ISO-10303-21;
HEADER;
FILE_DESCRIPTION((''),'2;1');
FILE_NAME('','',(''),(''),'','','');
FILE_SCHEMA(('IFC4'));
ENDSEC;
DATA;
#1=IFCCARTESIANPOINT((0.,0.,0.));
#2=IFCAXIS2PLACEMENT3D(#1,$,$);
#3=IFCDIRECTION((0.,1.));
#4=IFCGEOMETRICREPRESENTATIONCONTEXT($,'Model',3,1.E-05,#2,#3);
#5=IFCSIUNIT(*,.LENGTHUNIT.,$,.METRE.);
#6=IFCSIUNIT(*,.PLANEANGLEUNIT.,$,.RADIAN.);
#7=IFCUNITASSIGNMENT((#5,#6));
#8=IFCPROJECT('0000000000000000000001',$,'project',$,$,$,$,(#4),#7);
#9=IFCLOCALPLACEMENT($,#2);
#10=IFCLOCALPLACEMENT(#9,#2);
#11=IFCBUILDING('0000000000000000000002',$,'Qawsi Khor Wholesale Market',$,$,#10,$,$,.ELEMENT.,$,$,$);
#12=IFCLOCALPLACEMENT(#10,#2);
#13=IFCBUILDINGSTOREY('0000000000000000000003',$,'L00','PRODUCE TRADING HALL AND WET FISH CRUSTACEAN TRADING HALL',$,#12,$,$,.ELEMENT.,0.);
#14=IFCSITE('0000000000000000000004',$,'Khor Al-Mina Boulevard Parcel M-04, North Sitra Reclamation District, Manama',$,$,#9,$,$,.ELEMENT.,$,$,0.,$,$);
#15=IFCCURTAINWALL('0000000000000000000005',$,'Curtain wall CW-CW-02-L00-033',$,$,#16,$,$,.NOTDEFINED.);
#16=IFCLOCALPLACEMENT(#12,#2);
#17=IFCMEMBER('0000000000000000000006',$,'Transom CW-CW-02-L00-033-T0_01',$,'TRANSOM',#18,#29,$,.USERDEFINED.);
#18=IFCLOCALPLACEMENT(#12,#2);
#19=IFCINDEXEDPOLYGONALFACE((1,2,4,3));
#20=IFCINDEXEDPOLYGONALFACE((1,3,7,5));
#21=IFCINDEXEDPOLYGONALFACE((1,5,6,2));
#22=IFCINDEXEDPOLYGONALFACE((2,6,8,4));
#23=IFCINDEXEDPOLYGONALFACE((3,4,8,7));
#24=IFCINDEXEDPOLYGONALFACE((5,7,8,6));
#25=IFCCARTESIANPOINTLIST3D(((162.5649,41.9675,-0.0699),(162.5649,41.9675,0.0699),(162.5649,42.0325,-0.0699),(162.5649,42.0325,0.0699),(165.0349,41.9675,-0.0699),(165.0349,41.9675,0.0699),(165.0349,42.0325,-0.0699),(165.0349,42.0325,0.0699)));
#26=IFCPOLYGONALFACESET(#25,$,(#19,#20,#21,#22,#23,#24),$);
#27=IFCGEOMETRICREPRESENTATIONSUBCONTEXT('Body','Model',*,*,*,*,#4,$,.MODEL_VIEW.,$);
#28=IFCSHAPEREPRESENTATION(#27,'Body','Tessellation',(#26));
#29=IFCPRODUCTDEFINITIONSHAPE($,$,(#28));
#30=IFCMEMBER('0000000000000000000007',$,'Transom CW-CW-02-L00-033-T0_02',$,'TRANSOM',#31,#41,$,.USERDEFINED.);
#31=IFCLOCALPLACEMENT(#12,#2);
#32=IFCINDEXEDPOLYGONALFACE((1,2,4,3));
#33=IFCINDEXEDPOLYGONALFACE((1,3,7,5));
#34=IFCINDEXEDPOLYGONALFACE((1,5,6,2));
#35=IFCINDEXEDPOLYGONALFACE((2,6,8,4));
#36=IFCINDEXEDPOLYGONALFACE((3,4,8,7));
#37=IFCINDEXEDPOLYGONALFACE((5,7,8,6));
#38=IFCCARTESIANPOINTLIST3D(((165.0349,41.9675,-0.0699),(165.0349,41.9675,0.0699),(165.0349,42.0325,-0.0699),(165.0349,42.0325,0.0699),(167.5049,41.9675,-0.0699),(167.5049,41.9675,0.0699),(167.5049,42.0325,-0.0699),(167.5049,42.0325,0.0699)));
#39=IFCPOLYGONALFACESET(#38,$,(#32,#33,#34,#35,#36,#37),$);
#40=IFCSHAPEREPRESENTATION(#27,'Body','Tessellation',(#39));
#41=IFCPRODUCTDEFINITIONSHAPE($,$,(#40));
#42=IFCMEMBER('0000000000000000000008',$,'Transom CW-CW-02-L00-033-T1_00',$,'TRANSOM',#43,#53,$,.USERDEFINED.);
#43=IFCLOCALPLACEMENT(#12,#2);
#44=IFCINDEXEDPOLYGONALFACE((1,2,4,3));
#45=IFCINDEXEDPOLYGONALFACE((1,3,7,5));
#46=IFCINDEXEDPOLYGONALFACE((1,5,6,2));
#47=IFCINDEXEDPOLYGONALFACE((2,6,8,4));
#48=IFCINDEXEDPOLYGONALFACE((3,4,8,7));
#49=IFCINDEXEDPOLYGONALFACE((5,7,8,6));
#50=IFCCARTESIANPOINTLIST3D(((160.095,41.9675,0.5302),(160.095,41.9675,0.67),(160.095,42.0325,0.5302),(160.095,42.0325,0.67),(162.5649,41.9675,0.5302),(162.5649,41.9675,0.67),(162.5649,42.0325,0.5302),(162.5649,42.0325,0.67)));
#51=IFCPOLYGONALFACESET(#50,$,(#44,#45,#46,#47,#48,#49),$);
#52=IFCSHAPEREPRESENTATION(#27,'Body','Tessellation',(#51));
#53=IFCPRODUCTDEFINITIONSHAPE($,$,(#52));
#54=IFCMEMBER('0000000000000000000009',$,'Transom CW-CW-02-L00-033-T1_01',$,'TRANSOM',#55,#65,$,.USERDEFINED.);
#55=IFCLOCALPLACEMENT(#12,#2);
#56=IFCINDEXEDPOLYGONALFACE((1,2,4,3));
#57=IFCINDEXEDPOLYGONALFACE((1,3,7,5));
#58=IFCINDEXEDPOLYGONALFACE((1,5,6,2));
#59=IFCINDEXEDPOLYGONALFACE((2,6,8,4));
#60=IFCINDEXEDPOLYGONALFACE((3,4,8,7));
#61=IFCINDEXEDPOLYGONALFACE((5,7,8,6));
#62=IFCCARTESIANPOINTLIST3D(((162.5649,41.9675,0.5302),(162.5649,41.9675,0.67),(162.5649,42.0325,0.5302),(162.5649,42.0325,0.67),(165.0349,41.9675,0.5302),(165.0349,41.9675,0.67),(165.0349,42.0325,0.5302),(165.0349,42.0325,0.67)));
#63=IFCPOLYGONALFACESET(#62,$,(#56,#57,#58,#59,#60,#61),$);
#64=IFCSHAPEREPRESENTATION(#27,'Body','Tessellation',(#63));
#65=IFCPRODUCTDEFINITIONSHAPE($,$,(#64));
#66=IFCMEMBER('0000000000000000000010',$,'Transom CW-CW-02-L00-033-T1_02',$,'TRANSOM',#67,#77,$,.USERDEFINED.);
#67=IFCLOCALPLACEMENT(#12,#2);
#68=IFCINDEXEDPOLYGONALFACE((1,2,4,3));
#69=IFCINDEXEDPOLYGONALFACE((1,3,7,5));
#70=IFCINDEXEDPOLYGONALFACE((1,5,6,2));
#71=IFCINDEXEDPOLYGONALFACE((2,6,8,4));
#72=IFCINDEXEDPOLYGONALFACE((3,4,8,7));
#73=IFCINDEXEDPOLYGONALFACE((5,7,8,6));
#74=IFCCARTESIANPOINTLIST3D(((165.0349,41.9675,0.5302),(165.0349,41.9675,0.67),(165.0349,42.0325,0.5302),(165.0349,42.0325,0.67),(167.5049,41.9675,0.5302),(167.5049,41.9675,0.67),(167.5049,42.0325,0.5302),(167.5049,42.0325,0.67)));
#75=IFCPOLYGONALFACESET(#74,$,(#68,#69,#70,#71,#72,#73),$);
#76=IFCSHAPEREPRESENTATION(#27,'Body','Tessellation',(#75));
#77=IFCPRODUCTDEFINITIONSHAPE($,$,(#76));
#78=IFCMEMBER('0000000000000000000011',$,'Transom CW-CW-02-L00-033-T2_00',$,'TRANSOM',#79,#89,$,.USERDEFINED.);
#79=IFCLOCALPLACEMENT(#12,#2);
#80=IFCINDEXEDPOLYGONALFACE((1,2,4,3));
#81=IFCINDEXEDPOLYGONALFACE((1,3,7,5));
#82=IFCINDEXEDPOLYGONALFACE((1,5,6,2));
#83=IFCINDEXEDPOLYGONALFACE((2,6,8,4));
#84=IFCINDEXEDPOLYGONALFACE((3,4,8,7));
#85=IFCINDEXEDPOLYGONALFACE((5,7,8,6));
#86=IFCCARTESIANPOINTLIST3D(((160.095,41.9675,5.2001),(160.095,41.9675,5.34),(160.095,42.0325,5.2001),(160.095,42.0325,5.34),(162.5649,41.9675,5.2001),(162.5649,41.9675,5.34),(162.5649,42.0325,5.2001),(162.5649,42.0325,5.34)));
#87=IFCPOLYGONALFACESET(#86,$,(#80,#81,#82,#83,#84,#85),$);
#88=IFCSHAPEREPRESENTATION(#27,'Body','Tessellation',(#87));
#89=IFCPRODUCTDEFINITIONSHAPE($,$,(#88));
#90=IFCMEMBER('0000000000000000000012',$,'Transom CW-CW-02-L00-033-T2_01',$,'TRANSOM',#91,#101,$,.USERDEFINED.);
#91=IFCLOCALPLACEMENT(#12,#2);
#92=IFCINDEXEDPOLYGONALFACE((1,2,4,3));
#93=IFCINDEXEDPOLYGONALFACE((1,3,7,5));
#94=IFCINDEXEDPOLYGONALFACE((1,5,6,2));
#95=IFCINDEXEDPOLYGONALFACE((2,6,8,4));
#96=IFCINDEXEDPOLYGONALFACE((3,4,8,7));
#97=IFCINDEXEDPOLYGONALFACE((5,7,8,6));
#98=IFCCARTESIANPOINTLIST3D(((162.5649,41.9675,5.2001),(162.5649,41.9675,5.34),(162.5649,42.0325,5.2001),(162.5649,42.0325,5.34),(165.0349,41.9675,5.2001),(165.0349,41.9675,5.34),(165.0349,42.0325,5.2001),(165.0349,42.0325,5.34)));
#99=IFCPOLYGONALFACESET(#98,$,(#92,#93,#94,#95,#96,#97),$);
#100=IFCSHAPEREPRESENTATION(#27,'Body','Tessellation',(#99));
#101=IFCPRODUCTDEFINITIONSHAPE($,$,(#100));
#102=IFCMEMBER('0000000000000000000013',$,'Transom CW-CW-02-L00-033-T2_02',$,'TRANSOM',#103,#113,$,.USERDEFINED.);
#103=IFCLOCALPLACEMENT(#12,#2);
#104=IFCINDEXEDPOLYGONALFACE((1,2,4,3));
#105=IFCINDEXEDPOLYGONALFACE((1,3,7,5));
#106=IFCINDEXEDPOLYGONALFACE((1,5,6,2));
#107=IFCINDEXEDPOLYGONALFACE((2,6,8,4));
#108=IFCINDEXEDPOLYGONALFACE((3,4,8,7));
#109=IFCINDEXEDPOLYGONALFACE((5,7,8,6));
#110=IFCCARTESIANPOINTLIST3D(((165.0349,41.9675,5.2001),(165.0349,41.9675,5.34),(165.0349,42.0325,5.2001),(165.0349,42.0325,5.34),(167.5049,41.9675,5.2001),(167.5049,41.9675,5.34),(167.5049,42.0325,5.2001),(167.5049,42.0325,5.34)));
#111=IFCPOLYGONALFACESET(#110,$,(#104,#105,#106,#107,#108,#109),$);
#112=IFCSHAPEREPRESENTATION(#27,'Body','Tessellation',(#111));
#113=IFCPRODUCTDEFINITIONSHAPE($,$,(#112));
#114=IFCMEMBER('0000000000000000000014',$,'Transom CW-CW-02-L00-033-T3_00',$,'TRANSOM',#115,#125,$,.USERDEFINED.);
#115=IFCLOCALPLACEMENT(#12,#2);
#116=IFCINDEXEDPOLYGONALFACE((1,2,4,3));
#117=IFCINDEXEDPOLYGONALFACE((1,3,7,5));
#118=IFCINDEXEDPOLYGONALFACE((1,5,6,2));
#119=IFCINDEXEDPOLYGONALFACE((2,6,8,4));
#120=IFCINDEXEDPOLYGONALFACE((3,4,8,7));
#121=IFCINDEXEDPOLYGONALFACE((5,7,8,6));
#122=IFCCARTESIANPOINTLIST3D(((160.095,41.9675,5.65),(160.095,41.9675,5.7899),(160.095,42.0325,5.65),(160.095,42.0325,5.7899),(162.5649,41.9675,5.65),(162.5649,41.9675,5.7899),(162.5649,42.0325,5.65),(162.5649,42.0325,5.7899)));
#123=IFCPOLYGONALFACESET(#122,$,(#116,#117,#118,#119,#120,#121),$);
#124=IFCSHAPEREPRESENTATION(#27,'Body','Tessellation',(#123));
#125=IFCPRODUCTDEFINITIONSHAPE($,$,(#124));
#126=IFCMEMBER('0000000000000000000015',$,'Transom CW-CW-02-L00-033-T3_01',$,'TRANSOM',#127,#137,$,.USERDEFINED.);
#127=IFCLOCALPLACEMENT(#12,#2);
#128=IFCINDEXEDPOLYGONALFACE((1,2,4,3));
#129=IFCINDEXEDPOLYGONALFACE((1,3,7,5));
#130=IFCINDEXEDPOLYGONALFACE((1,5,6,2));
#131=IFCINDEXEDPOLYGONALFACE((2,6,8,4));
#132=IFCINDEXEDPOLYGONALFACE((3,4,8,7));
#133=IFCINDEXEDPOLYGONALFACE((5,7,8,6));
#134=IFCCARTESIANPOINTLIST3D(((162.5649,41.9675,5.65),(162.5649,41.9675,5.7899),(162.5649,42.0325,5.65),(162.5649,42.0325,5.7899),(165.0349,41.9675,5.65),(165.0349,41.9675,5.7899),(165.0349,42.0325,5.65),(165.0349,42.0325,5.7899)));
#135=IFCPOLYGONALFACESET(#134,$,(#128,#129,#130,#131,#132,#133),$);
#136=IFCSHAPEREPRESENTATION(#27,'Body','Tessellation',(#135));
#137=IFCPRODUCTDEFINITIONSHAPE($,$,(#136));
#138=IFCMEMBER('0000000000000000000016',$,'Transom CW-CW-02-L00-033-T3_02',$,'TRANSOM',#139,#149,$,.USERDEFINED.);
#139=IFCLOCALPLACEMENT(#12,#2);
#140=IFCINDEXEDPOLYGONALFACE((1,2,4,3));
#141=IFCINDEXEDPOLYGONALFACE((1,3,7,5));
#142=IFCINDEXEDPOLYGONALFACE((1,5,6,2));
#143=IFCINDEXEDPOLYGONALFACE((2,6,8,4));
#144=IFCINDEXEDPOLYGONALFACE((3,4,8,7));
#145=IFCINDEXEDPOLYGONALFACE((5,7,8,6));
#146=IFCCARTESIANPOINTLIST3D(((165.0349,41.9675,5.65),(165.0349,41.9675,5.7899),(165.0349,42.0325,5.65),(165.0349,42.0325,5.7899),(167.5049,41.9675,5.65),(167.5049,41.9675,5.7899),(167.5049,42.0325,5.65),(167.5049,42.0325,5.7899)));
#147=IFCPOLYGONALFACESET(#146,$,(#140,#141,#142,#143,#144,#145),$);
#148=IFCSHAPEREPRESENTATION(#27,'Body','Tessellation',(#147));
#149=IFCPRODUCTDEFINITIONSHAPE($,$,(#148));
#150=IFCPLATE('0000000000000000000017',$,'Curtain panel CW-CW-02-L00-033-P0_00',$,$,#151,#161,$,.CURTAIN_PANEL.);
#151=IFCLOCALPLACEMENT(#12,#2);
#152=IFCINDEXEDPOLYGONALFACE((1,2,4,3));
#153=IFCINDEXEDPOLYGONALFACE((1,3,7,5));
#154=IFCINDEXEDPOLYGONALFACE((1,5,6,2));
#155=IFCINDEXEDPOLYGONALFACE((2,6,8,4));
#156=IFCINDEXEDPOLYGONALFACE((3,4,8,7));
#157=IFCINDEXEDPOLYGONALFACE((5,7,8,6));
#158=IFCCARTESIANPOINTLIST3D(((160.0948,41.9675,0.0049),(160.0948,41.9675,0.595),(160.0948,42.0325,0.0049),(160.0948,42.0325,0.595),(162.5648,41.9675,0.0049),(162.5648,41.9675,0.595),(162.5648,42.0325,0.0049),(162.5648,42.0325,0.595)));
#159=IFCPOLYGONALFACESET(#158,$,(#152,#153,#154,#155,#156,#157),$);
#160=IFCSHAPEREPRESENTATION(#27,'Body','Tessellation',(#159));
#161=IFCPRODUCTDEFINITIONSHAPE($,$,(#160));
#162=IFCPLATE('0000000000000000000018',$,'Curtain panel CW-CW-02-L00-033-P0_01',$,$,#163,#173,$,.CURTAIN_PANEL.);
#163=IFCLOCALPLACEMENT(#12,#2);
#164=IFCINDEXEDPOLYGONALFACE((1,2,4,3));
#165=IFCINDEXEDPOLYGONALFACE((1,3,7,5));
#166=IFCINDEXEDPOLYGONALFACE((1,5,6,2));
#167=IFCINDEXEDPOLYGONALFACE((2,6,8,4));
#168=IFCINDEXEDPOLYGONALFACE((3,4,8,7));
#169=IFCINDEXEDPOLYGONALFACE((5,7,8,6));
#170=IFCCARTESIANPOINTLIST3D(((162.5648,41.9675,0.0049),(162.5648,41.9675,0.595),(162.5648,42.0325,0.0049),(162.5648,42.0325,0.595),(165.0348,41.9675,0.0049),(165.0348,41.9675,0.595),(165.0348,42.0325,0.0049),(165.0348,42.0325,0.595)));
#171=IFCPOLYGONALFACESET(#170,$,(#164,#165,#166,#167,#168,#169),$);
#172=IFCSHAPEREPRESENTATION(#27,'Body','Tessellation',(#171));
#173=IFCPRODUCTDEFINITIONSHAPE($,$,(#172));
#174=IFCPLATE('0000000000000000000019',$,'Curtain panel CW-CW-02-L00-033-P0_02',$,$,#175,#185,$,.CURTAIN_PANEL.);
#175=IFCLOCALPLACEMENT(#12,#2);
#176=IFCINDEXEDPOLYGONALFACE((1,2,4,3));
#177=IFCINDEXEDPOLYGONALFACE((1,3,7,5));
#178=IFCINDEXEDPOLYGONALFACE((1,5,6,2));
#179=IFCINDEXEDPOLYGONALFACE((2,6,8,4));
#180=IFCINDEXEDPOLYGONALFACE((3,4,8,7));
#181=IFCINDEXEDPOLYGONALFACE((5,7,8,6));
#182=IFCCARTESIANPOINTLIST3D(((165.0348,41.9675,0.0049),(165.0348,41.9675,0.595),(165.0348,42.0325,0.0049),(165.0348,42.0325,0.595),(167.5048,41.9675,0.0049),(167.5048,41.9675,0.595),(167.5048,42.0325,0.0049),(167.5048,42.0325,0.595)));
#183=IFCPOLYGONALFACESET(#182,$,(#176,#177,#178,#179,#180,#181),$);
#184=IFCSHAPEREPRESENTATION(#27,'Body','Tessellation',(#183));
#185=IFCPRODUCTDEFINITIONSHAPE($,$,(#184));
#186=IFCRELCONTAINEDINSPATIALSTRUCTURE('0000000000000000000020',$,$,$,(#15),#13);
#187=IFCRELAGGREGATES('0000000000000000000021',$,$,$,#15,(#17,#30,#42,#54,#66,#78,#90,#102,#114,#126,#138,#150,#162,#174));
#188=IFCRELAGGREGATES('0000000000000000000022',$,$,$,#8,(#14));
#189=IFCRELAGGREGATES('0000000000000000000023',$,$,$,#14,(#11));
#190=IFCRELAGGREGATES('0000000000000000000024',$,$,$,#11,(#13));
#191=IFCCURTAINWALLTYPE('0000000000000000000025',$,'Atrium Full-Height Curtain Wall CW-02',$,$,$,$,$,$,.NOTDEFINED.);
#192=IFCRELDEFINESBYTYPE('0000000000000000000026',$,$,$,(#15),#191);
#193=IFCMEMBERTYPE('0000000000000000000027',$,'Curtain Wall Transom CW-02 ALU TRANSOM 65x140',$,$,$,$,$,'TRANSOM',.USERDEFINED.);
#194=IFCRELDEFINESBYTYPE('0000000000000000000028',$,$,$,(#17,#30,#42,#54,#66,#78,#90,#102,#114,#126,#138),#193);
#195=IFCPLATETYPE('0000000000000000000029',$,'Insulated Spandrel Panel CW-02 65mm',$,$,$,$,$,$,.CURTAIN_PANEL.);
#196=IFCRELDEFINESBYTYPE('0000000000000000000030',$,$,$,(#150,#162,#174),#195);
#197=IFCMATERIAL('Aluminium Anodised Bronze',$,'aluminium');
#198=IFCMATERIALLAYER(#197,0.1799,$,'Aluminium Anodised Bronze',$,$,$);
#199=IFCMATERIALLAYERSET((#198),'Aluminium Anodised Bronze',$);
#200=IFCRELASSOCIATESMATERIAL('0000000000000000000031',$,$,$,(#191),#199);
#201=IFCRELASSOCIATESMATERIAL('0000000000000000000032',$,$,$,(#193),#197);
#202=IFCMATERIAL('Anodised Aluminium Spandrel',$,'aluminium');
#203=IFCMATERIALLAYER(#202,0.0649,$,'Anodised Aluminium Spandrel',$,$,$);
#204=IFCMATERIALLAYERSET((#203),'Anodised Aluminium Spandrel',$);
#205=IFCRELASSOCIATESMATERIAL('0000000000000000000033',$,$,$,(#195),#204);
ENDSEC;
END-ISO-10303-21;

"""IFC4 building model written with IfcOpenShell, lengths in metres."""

from ifc_helpers import new_model, si_unit, direction, frame, frame_2d, origin, origin_2d, place, context, subcontext, project, spatial, rectangle, extrude, material, layer, layer_set, material_profile, profile_set, type_object, element, aggregate, save


model = new_model("IFC4")

# Units and contexts
model_context = context("Model", 3, precision=1e-05, world=origin(), true_north=direction((0.0, 1.0)))
body_context = subcontext(model_context, "Body", "Model", "MODEL_VIEW")
ifc_project = project(units=[si_unit("LENGTHUNIT", "METRE"), si_unit("PLANEANGLEUNIT", "RADIAN")], contexts=[model_context])

# Site, building, storey
site_placement = place(None, origin())
site = spatial("IfcSite", under=ifc_project, at=site_placement, Name="Khor Al-Mina Boulevard Parcel M-04, North Sitra Reclamation District, Manama", CompositionType="ELEMENT", RefElevation=0.0)
building_placement = place(site_placement, origin())
building = spatial("IfcBuilding", under=site, at=building_placement, Name="Qawsi Khor Wholesale Market", CompositionType="ELEMENT")
storey_placement = place(building_placement, origin())
storey = spatial("IfcBuildingStorey", under=building, at=storey_placement, Name="L00", Description="PRODUCE TRADING HALL AND WET FISH CRUSTACEAN TRADING HALL", CompositionType="ELEMENT", Elevation=0.0)

# Curtain wall, members, plates
ifc_material_1 = material(Name="Aluminium Anodised Bronze", Category="aluminium")
ifc_layer_1 = layer(ifc_material_1, 0.1799, Name="Aluminium Anodised Bronze")
ifc_layer_set_1 = layer_set([ifc_layer_1], Name="Aluminium Anodised Bronze")
curtain_wall_type = type_object("IfcCurtainWallType", Name="Atrium Full-Height Curtain Wall CW-02", PredefinedType="NOTDEFINED", material=ifc_layer_set_1)
curtain_wall_placement = place(storey_placement, origin())
curtain_wall = element("IfcCurtainWall", 1, at=curtain_wall_placement, inside=storey, type_object=curtain_wall_type, Name="Curtain wall CW-CW-02-L00-033", PredefinedType="NOTDEFINED")
ifc_material_profile_1 = material_profile(ifc_material_1, rectangle(XDim=0.0649, YDim=0.1399, at=origin_2d()), Name="ALU TRANSOM 65x140")
ifc_profile_set_1 = profile_set([ifc_material_profile_1], Name="Aluminium Anodised Bronze")
member_type_1 = type_object("IfcMemberType", Name="Curtain Wall Transom CW-02 ALU TRANSOM 65x140", ElementType="TRANSOM", PredefinedType="USERDEFINED", material=ifc_profile_set_1)
member_1_placement = place(storey_placement, frame((162.5649, 42.0, 0.0), z_axis=(1.0, 0.0, 0.0), x_axis=(0.0, 1.0, 0.0)))
member_1 = element("IfcMember", 2, at=member_1_placement, type_object=member_type_1, Name="Transom CW-CW-02-L00-033-T0_01", ObjectType="TRANSOM", PredefinedType="USERDEFINED", context=body_context, shape_type="SweptSolid", body=[
    extrude(rectangle(XDim=0.0649, YDim=0.1399, at=origin_2d()), origin(), (0.0, 0.0, 1.0), 2.47),
])
member_2_placement = place(storey_placement, frame((165.0349, 42.0, 0.0), z_axis=(1.0, 0.0, 0.0), x_axis=(0.0, 1.0, 0.0)))
member_2 = element("IfcMember", 3, at=member_2_placement, type_object=member_type_1, Name="Transom CW-CW-02-L00-033-T0_02", ObjectType="TRANSOM", PredefinedType="USERDEFINED", context=body_context, shape_type="SweptSolid", body=[
    extrude(rectangle(XDim=0.0649, YDim=0.1399, at=origin_2d()), origin(), (0.0, 0.0, 1.0), 2.47),
])
member_3_placement = place(storey_placement, frame((160.095, 42.0, 0.6001), z_axis=(1.0, 0.0, 0.0), x_axis=(0.0, 1.0, 0.0)))
member_3 = element("IfcMember", 4, at=member_3_placement, type_object=member_type_1, Name="Transom CW-CW-02-L00-033-T1_00", ObjectType="TRANSOM", PredefinedType="USERDEFINED", context=body_context, shape_type="SweptSolid", body=[
    extrude(rectangle(XDim=0.0649, YDim=0.1399, at=origin_2d()), origin(), (0.0, 0.0, 1.0), 2.47),
])
member_4_placement = place(storey_placement, frame((162.5649, 42.0, 0.6001), z_axis=(1.0, 0.0, 0.0), x_axis=(0.0, 1.0, 0.0)))
member_4 = element("IfcMember", 5, at=member_4_placement, type_object=member_type_1, Name="Transom CW-CW-02-L00-033-T1_01", ObjectType="TRANSOM", PredefinedType="USERDEFINED", context=body_context, shape_type="SweptSolid", body=[
    extrude(rectangle(XDim=0.0649, YDim=0.1399, at=origin_2d()), origin(), (0.0, 0.0, 1.0), 2.47),
])
member_5_placement = place(storey_placement, frame((165.0349, 42.0, 0.6001), z_axis=(1.0, 0.0, 0.0), x_axis=(0.0, 1.0, 0.0)))
member_5 = element("IfcMember", 6, at=member_5_placement, type_object=member_type_1, Name="Transom CW-CW-02-L00-033-T1_02", ObjectType="TRANSOM", PredefinedType="USERDEFINED", context=body_context, shape_type="SweptSolid", body=[
    extrude(rectangle(XDim=0.0649, YDim=0.1399, at=origin_2d()), origin(), (0.0, 0.0, 1.0), 2.47),
])
member_6_placement = place(storey_placement, frame((160.095, 42.0, 5.27), z_axis=(1.0, 0.0, 0.0), x_axis=(0.0, 1.0, 0.0)))
member_6 = element("IfcMember", 7, at=member_6_placement, type_object=member_type_1, Name="Transom CW-CW-02-L00-033-T2_00", ObjectType="TRANSOM", PredefinedType="USERDEFINED", context=body_context, shape_type="SweptSolid", body=[
    extrude(rectangle(XDim=0.0649, YDim=0.1399, at=origin_2d()), origin(), (0.0, 0.0, 1.0), 2.47),
])
member_7_placement = place(storey_placement, frame((162.5649, 42.0, 5.27), z_axis=(1.0, 0.0, 0.0), x_axis=(0.0, 1.0, 0.0)))
member_7 = element("IfcMember", 8, at=member_7_placement, type_object=member_type_1, Name="Transom CW-CW-02-L00-033-T2_01", ObjectType="TRANSOM", PredefinedType="USERDEFINED", context=body_context, shape_type="SweptSolid", body=[
    extrude(rectangle(XDim=0.0649, YDim=0.1399, at=origin_2d()), origin(), (0.0, 0.0, 1.0), 2.47),
])
member_8_placement = place(storey_placement, frame((165.0349, 42.0, 5.27), z_axis=(1.0, 0.0, 0.0), x_axis=(0.0, 1.0, 0.0)))
member_8 = element("IfcMember", 9, at=member_8_placement, type_object=member_type_1, Name="Transom CW-CW-02-L00-033-T2_02", ObjectType="TRANSOM", PredefinedType="USERDEFINED", context=body_context, shape_type="SweptSolid", body=[
    extrude(rectangle(XDim=0.0649, YDim=0.1399, at=origin_2d()), origin(), (0.0, 0.0, 1.0), 2.47),
])
member_9_placement = place(storey_placement, frame((160.095, 42.0, 5.72), z_axis=(1.0, 0.0, 0.0), x_axis=(0.0, 1.0, 0.0)))
member_9 = element("IfcMember", 10, at=member_9_placement, type_object=member_type_1, Name="Transom CW-CW-02-L00-033-T3_00", ObjectType="TRANSOM", PredefinedType="USERDEFINED", context=body_context, shape_type="SweptSolid", body=[
    extrude(rectangle(XDim=0.0649, YDim=0.1399, at=origin_2d()), origin(), (0.0, 0.0, 1.0), 2.47),
])
member_10_placement = place(storey_placement, frame((162.5649, 42.0, 5.72), z_axis=(1.0, 0.0, 0.0), x_axis=(0.0, 1.0, 0.0)))
member_10 = element("IfcMember", 11, at=member_10_placement, type_object=member_type_1, Name="Transom CW-CW-02-L00-033-T3_01", ObjectType="TRANSOM", PredefinedType="USERDEFINED", context=body_context, shape_type="SweptSolid", body=[
    extrude(rectangle(XDim=0.0649, YDim=0.1399, at=origin_2d()), origin(), (0.0, 0.0, 1.0), 2.47),
])
member_11_placement = place(storey_placement, frame((165.0349, 42.0, 5.72), z_axis=(1.0, 0.0, 0.0), x_axis=(0.0, 1.0, 0.0)))
member_11 = element("IfcMember", 12, at=member_11_placement, type_object=member_type_1, Name="Transom CW-CW-02-L00-033-T3_02", ObjectType="TRANSOM", PredefinedType="USERDEFINED", context=body_context, shape_type="SweptSolid", body=[
    extrude(rectangle(XDim=0.0649, YDim=0.1399, at=origin_2d()), origin(), (0.0, 0.0, 1.0), 2.47),
])
ifc_material_2 = material(Name="Anodised Aluminium Spandrel", Category="aluminium")
ifc_layer_2 = layer(ifc_material_2, 0.0649, Name="Anodised Aluminium Spandrel")
ifc_layer_set_2 = layer_set([ifc_layer_2], Name="Anodised Aluminium Spandrel")
plate_type_1 = type_object("IfcPlateType", Name="Insulated Spandrel Panel CW-02 65mm", PredefinedType="CURTAIN_PANEL", material=ifc_layer_set_2)
plate_1_placement = place(storey_placement, frame((160.095, 42.0, 0.0049), z_axis=(0.0, 0.0, 1.0), x_axis=(1.0, 0.0, 0.0)))
plate_1 = element("IfcPlate", 13, at=plate_1_placement, type_object=plate_type_1, Name="Curtain panel CW-CW-02-L00-033-P0_00", PredefinedType="CURTAIN_PANEL", context=body_context, shape_type="SweptSolid", body=[
    extrude(rectangle(XDim=2.47, YDim=0.0649, at=frame_2d((1.2349, 0.0))), origin(), (0.0, 0.0, 1.0), 0.5901),
])
plate_2_placement = place(storey_placement, frame((162.5649, 42.0, 0.0049), z_axis=(0.0, 0.0, 1.0), x_axis=(1.0, 0.0, 0.0)))
plate_2 = element("IfcPlate", 14, at=plate_2_placement, type_object=plate_type_1, Name="Curtain panel CW-CW-02-L00-033-P0_01", PredefinedType="CURTAIN_PANEL", context=body_context, shape_type="SweptSolid", body=[
    extrude(rectangle(XDim=2.47, YDim=0.0649, at=frame_2d((1.2349, 0.0))), origin(), (0.0, 0.0, 1.0), 0.5901),
])
plate_3_placement = place(storey_placement, frame((165.0349, 42.0, 0.0049), z_axis=(0.0, 0.0, 1.0), x_axis=(1.0, 0.0, 0.0)))
plate_3 = element("IfcPlate", 15, at=plate_3_placement, type_object=plate_type_1, Name="Curtain panel CW-CW-02-L00-033-P0_02", PredefinedType="CURTAIN_PANEL", context=body_context, shape_type="SweptSolid", body=[
    extrude(rectangle(XDim=2.47, YDim=0.0649, at=frame_2d((1.2349, 0.0))), origin(), (0.0, 0.0, 1.0), 0.5901),
])
aggregate(curtain_wall, [member_1, member_2, member_3, member_4, member_5, member_6, member_7, member_8, member_9, member_10, member_11, plate_1, plate_2, plate_3])

save(model, "model.ifc")
